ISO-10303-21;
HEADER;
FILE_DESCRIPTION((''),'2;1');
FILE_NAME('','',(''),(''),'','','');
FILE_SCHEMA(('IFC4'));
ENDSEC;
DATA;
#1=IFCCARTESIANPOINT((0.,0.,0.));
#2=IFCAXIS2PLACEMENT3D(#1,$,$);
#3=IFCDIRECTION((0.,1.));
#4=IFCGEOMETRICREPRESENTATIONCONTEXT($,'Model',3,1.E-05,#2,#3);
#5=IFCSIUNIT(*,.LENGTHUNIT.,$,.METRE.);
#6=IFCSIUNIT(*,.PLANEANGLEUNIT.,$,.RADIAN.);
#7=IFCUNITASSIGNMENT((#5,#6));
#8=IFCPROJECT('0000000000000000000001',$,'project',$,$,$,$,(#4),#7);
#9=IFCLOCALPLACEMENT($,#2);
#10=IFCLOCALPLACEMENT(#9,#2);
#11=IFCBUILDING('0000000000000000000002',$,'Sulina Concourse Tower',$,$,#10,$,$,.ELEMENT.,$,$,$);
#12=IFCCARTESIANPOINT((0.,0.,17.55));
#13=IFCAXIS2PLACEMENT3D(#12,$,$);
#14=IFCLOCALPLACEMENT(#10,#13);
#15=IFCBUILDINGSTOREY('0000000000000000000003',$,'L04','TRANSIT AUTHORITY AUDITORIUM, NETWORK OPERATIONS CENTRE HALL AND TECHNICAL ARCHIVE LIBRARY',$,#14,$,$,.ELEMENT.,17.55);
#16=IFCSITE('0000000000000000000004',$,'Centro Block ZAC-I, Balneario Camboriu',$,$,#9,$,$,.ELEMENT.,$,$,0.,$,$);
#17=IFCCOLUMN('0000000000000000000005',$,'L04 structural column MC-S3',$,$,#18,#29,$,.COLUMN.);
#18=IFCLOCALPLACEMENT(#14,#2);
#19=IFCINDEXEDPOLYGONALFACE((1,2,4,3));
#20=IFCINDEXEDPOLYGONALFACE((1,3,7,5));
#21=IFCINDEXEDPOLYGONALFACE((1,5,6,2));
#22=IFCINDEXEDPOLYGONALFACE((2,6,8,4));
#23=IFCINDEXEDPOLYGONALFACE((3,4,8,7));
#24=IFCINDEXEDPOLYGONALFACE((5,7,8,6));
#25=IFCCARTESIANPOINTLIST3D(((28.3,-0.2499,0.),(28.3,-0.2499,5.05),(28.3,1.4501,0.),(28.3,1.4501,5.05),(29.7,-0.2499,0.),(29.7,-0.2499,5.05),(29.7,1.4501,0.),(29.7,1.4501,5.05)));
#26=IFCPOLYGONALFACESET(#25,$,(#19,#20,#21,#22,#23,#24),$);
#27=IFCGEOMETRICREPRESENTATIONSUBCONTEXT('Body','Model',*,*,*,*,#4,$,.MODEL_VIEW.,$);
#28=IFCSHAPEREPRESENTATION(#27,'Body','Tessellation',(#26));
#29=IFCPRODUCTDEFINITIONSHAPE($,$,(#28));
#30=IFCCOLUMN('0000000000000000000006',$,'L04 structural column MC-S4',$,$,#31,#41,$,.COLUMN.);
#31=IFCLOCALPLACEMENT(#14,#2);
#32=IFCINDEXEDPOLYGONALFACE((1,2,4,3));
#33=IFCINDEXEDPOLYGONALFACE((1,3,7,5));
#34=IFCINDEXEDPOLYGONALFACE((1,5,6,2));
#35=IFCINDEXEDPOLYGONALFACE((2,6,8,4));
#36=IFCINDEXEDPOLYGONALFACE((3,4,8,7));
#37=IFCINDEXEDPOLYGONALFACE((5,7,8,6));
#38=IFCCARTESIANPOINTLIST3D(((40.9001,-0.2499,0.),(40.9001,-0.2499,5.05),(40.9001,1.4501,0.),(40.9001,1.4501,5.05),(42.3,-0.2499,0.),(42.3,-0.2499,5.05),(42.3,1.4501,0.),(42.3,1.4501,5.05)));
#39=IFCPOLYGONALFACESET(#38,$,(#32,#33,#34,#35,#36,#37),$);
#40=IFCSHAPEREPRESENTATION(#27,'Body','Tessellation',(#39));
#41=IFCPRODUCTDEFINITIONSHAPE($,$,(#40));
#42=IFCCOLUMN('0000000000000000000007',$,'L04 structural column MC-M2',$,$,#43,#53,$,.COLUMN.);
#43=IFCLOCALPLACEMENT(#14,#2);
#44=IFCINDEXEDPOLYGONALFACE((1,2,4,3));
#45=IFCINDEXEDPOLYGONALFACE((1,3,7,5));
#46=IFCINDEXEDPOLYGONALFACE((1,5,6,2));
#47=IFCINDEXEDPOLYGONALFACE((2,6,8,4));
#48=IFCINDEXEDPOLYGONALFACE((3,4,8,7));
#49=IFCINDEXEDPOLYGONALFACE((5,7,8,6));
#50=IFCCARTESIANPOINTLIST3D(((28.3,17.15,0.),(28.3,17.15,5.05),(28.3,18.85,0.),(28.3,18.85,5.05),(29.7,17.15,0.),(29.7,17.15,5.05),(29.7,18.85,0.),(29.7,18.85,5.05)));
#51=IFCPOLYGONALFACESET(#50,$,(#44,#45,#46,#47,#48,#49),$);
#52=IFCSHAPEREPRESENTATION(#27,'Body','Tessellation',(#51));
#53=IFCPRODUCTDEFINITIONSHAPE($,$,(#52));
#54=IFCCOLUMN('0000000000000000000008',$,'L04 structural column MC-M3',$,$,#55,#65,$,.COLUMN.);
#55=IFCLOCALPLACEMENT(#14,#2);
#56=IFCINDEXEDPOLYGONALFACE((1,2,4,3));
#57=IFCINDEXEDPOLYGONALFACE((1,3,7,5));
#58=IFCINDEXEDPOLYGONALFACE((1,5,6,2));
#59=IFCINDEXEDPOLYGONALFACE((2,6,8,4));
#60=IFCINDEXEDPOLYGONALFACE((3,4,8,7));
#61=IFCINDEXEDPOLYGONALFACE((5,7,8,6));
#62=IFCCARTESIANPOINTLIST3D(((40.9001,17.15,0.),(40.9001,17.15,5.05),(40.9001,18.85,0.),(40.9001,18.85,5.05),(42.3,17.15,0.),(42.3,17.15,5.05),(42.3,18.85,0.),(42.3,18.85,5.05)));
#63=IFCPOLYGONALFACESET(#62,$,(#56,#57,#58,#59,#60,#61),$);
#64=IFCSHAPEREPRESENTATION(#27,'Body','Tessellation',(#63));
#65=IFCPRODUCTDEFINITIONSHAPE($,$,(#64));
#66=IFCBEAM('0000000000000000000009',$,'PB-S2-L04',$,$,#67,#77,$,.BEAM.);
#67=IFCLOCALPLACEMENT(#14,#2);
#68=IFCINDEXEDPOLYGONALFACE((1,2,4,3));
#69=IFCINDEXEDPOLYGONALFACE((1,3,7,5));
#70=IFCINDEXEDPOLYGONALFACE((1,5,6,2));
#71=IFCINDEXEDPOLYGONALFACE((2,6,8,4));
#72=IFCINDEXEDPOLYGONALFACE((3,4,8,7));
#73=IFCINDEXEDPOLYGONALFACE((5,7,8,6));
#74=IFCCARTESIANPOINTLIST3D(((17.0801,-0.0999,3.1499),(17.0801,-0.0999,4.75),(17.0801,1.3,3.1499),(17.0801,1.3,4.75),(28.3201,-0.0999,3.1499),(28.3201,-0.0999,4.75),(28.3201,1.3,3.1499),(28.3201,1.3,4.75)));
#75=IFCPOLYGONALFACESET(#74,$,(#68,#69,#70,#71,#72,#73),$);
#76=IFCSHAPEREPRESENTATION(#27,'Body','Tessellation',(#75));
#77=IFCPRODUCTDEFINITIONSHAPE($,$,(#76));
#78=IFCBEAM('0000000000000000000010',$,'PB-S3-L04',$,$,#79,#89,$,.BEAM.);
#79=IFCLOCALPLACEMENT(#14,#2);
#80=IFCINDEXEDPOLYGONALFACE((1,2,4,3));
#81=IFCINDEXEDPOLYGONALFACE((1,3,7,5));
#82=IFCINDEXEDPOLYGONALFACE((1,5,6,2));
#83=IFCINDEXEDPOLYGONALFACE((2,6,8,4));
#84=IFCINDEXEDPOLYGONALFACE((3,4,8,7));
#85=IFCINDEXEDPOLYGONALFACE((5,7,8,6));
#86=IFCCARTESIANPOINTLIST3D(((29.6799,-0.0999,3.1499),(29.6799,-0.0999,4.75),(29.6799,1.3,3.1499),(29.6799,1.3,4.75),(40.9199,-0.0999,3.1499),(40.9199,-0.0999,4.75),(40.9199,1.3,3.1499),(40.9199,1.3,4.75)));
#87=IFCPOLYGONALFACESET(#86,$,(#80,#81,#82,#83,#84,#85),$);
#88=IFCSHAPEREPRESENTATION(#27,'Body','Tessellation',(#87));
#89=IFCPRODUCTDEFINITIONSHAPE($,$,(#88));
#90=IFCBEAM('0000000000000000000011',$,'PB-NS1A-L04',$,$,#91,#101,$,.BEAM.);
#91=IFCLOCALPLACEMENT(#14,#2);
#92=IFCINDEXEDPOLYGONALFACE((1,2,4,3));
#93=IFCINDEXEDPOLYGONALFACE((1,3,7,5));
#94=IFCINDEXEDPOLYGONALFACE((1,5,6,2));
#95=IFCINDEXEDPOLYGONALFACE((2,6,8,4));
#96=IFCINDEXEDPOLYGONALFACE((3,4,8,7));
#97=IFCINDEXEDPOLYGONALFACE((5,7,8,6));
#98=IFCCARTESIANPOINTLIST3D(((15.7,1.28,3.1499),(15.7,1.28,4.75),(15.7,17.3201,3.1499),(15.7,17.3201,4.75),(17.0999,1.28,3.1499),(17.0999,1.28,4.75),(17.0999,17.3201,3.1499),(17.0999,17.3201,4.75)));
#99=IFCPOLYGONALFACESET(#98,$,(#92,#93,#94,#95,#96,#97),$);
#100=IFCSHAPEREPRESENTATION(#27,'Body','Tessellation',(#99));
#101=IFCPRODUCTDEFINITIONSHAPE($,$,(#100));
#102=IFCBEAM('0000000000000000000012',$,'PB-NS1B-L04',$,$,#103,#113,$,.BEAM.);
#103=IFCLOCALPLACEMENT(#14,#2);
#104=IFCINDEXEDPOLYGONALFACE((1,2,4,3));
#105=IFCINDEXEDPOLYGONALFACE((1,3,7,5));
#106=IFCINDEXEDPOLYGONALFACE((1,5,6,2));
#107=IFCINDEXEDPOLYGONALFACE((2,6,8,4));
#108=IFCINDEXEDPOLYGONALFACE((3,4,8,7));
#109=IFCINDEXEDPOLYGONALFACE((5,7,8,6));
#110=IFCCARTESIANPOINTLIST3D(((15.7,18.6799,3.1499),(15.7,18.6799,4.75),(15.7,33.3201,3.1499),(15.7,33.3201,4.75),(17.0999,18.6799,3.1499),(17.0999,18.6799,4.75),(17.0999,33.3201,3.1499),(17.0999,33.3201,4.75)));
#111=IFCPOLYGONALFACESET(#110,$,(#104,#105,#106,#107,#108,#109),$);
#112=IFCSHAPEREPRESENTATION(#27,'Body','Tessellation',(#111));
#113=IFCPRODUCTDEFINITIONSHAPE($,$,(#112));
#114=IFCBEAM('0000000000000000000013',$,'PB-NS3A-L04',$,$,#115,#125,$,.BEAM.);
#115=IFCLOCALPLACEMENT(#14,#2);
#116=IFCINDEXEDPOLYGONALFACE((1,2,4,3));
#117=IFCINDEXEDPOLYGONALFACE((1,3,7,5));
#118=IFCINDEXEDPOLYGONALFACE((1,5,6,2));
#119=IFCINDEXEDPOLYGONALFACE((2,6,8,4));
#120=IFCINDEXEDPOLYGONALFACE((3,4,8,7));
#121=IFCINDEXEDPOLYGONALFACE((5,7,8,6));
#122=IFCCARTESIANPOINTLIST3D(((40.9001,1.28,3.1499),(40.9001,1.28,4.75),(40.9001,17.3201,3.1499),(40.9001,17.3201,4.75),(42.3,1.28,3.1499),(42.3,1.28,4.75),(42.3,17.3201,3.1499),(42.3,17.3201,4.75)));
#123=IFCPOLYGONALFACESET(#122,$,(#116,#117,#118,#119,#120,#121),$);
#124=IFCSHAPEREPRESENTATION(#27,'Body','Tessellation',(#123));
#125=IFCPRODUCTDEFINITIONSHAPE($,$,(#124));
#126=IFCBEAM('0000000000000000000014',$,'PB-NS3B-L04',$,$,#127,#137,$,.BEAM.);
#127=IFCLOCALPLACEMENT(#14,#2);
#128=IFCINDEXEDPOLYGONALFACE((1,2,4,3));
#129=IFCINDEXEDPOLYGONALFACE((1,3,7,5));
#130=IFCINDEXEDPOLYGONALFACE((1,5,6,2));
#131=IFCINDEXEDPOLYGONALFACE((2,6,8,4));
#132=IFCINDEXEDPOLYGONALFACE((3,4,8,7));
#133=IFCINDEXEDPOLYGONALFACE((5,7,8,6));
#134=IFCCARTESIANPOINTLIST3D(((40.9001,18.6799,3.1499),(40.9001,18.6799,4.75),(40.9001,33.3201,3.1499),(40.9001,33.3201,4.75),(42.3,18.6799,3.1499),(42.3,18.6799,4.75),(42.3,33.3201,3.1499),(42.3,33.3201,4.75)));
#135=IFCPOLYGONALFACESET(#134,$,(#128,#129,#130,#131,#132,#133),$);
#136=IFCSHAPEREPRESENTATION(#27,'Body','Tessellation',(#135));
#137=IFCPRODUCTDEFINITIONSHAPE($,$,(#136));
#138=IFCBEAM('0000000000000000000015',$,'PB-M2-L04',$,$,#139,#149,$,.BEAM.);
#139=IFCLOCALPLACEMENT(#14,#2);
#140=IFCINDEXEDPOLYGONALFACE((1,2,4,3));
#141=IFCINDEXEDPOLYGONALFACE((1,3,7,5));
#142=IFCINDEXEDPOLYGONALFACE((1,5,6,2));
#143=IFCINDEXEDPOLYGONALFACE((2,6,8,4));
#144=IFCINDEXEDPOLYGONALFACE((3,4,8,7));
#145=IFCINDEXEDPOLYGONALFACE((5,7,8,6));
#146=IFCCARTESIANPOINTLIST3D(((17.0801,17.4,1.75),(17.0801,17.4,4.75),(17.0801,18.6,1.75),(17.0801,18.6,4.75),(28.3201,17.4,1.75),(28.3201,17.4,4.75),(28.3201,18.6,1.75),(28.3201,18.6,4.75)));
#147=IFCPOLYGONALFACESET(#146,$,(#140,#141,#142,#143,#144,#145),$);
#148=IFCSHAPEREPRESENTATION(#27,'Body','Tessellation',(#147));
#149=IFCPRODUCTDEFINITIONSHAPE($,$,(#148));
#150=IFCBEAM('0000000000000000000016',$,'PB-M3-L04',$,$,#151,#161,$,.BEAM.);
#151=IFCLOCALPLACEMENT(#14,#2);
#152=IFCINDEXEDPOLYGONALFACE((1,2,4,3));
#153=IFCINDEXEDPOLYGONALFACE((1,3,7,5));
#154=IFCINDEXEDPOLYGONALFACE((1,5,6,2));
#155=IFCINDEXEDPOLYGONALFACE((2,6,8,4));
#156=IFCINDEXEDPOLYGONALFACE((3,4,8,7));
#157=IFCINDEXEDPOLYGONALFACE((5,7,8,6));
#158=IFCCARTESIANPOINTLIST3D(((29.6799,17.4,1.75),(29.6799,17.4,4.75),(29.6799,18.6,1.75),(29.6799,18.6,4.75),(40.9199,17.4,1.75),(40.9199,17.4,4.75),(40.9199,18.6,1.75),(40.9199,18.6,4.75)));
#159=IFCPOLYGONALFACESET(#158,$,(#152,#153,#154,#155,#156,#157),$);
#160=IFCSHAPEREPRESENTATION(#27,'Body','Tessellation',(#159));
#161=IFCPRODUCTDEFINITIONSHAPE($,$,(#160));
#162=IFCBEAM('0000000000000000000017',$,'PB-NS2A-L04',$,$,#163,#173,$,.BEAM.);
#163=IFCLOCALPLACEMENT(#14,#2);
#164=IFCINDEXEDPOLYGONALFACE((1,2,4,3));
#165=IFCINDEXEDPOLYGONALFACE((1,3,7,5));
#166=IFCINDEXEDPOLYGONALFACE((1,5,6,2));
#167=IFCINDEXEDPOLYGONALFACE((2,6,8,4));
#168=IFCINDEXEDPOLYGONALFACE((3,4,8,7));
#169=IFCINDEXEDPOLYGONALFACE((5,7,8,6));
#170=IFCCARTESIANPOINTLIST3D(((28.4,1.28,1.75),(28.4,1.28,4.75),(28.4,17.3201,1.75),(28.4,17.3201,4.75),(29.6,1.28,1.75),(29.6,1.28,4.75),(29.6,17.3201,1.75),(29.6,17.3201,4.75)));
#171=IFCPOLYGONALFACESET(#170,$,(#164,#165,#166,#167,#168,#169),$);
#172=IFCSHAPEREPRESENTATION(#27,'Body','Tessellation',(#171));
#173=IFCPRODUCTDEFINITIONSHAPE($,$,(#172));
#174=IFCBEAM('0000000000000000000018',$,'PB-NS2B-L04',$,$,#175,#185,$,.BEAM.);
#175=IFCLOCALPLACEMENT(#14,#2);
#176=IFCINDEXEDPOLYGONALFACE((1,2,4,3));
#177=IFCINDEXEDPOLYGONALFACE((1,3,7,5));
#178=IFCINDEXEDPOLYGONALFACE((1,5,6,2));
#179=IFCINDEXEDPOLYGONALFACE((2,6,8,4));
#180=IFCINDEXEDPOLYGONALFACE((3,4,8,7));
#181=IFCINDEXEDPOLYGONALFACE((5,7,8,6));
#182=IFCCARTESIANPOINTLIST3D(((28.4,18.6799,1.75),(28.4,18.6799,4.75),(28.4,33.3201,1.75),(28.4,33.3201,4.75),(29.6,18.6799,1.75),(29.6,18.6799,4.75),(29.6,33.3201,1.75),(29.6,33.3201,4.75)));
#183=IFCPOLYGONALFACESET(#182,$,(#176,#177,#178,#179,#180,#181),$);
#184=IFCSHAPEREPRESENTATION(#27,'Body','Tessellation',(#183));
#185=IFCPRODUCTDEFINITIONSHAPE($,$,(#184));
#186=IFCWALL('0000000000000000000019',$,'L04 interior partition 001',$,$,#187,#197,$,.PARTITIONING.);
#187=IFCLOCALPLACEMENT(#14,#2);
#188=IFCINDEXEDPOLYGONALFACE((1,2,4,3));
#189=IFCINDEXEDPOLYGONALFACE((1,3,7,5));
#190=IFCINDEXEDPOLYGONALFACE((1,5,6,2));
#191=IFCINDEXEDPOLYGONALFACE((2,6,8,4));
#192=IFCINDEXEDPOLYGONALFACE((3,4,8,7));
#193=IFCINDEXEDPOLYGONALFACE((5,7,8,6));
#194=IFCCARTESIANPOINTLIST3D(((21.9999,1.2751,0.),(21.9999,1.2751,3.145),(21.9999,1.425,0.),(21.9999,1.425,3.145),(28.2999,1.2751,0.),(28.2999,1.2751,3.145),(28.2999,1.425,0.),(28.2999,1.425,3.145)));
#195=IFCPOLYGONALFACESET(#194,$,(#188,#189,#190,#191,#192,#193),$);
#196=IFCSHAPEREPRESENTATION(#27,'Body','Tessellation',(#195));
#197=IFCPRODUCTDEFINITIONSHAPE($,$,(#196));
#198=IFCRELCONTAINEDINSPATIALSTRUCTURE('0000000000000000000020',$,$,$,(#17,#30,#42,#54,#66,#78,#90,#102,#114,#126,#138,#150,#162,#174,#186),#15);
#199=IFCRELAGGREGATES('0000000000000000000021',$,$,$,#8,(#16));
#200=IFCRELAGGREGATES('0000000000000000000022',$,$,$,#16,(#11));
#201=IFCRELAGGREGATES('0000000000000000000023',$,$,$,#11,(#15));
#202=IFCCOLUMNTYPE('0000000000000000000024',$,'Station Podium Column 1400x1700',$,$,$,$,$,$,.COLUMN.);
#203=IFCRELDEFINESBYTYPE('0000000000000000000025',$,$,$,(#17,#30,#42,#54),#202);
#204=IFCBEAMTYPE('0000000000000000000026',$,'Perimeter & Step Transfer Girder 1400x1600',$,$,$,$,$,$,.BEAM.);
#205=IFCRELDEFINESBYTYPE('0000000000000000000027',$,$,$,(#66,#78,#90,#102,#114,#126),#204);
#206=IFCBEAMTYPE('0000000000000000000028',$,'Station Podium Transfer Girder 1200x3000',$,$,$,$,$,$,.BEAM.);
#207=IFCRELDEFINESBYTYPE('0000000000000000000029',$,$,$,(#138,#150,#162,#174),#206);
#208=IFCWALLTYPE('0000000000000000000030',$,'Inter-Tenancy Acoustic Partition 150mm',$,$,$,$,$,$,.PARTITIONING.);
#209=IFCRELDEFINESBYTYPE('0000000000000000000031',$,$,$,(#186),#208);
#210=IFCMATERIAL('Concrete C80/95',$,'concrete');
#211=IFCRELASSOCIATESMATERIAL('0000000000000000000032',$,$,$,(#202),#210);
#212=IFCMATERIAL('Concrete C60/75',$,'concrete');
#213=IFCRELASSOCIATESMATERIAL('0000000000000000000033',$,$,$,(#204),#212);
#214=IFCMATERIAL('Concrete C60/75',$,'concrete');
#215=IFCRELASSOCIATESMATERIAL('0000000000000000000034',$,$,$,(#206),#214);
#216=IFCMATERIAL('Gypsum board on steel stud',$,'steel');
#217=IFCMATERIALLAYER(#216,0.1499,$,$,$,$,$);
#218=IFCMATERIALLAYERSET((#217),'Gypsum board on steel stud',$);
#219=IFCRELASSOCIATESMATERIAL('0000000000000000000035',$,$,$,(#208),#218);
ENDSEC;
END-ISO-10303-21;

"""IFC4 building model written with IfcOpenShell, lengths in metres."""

from ifc_helpers import new_model, si_unit, direction, frame, frame_2d, origin, origin_2d, place, context, subcontext, project, spatial, rectangle, extrude, material, layer, layer_set, material_profile, profile_set, type_object, element, save


model = new_model("IFC4")

# Units and contexts
model_context = context("Model", 3, precision=1e-05, world=origin(), true_north=direction((0.0, 1.0)))
body_context = subcontext(model_context, "Body", "Model", "MODEL_VIEW")
ifc_project = project(units=[si_unit("LENGTHUNIT", "METRE"), si_unit("PLANEANGLEUNIT", "RADIAN")], contexts=[model_context])

# Site, building, storey
site_placement = place(None, origin())
site = spatial("IfcSite", under=ifc_project, at=site_placement, Name="Centro Block ZAC-I, Balneario Camboriu", CompositionType="ELEMENT", RefElevation=0.0)
building_placement = place(site_placement, origin())
building = spatial("IfcBuilding", under=site, at=building_placement, Name="Sulina Concourse Tower", CompositionType="ELEMENT")
storey_placement = place(building_placement, frame((0.0, 0.0, 17.55)))
storey = spatial("IfcBuildingStorey", under=building, at=storey_placement, Name="L04", Description="TRANSIT AUTHORITY AUDITORIUM, NETWORK OPERATIONS CENTRE HALL AND TECHNICAL ARCHIVE LIBRARY", CompositionType="ELEMENT", Elevation=17.55)

# Columns
ifc_material_1 = material(Name="Concrete C80/95", Category="concrete")
ifc_material_profile_1 = material_profile(ifc_material_1, rectangle(XDim=1.3999, YDim=1.7, at=origin_2d()), Name="RC 1400x1700")
ifc_profile_set_1 = profile_set([ifc_material_profile_1], Name="Concrete C80/95")
column_type = type_object("IfcColumnType", Name="Station Podium Column 1400x1700", PredefinedType="COLUMN", material=ifc_profile_set_1)
for number, where, z_axis, x_axis, name in (
    (1, (29.0, 0.6001, 0.0), (0.0, 0.0, 1.0), (1.0, 0.0, 0.0), "L04 structural column MC-S3"),
    (2, (41.6001, 0.6001, 0.0), (0.0, 0.0, 1.0), (1.0, 0.0, 0.0), "L04 structural column MC-S4"),
    (3, (29.0, 18.0, 0.0), (0.0, 0.0, 1.0), (1.0, 0.0, 0.0), "L04 structural column MC-M2"),
    (4, (41.6001, 18.0, 0.0), (0.0, 0.0, 1.0), (1.0, 0.0, 0.0), "L04 structural column MC-M3"),
):
    element("IfcColumn", number, at=place(storey_placement, frame(where, z_axis=z_axis, x_axis=x_axis)), inside=storey, type_object=column_type, Name=name, PredefinedType="COLUMN", context=body_context, shape_type="SweptSolid", body=[
        extrude(rectangle(XDim=1.3999, YDim=1.7, at=origin_2d()), origin(), (0.0, 0.0, 1.0), 5.05),
    ])

# Beams
ifc_material_2 = material(Name="Concrete C60/75", Category="concrete")
ifc_material_profile_2 = material_profile(ifc_material_2, rectangle(XDim=1.3999, YDim=1.6001, at=origin_2d()), Name="RC 1400x1600")
ifc_profile_set_2 = profile_set([ifc_material_profile_2], Name="Concrete C60/75")
beam_type_1 = type_object("IfcBeamType", Name="Perimeter & Step Transfer Girder 1400x1600", PredefinedType="BEAM", material=ifc_profile_set_2)
for number, where, z_axis, x_axis, name in (
    (5, (17.0801, 0.6001, 3.95), (1.0, 0.0, 0.0), (0.0, 1.0, 0.0), "PB-S2-L04"),
    (6, (29.6799, 0.6001, 3.95), (1.0, 0.0, 0.0), (0.0, 1.0, 0.0), "PB-S3-L04"),
):
    element("IfcBeam", number, at=place(storey_placement, frame(where, z_axis=z_axis, x_axis=x_axis)), inside=storey, type_object=beam_type_1, Name=name, PredefinedType="BEAM", context=body_context, shape_type="SweptSolid", body=[
        extrude(rectangle(XDim=1.3999, YDim=1.6001, at=origin_2d()), origin(), (0.0, 0.0, 1.0), 11.24),
    ])
beam_1_placement = place(storey_placement, frame((16.3999, 1.28, 3.95), z_axis=(0.0, 1.0, 0.0), x_axis=(-1.0, 0.0, 0.0)))
element("IfcBeam", 7, at=beam_1_placement, inside=storey, type_object=beam_type_1, Name="PB-NS1A-L04", PredefinedType="BEAM", context=body_context, shape_type="SweptSolid", body=[
    extrude(rectangle(XDim=1.3999, YDim=1.6001, at=origin_2d()), origin(), (0.0, 0.0, 1.0), 16.04),
])
beam_2_placement = place(storey_placement, frame((16.3999, 18.6799, 3.95), z_axis=(0.0, 1.0, 0.0), x_axis=(-1.0, 0.0, 0.0)))
element("IfcBeam", 8, at=beam_2_placement, inside=storey, type_object=beam_type_1, Name="PB-NS1B-L04", PredefinedType="BEAM", context=body_context, shape_type="SweptSolid", body=[
    extrude(rectangle(XDim=1.3999, YDim=1.6001, at=origin_2d()), origin(), (0.0, 0.0, 1.0), 14.6401),
])
beam_3_placement = place(storey_placement, frame((41.6001, 1.28, 3.95), z_axis=(0.0, 1.0, 0.0), x_axis=(-1.0, 0.0, 0.0)))
element("IfcBeam", 9, at=beam_3_placement, inside=storey, type_object=beam_type_1, Name="PB-NS3A-L04", PredefinedType="BEAM", context=body_context, shape_type="SweptSolid", body=[
    extrude(rectangle(XDim=1.3999, YDim=1.6001, at=origin_2d()), origin(), (0.0, 0.0, 1.0), 16.04),
])
beam_4_placement = place(storey_placement, frame((41.6001, 18.6799, 3.95), z_axis=(0.0, 1.0, 0.0), x_axis=(-1.0, 0.0, 0.0)))
element("IfcBeam", 10, at=beam_4_placement, inside=storey, type_object=beam_type_1, Name="PB-NS3B-L04", PredefinedType="BEAM", context=body_context, shape_type="SweptSolid", body=[
    extrude(rectangle(XDim=1.3999, YDim=1.6001, at=origin_2d()), origin(), (0.0, 0.0, 1.0), 14.6401),
])
ifc_material_3 = material(Name="Concrete C60/75", Category="concrete")
ifc_material_profile_3 = material_profile(ifc_material_3, rectangle(XDim=1.2, YDim=3.0, at=origin_2d()), Name="RC 1200x3000")
ifc_profile_set_3 = profile_set([ifc_material_profile_3], Name="Concrete C60/75")
beam_type_2 = type_object("IfcBeamType", Name="Station Podium Transfer Girder 1200x3000", PredefinedType="BEAM", material=ifc_profile_set_3)
for number, where, z_axis, x_axis, name in (
    (11, (17.0801, 18.0, 3.25), (1.0, 0.0, 0.0), (0.0, 1.0, 0.0), "PB-M2-L04"),
    (12, (29.6799, 18.0, 3.25), (1.0, 0.0, 0.0), (0.0, 1.0, 0.0), "PB-M3-L04"),
):
    element("IfcBeam", number, at=place(storey_placement, frame(where, z_axis=z_axis, x_axis=x_axis)), inside=storey, type_object=beam_type_2, Name=name, PredefinedType="BEAM", context=body_context, shape_type="SweptSolid", body=[
        extrude(rectangle(XDim=1.2, YDim=3.0, at=origin_2d()), origin(), (0.0, 0.0, 1.0), 11.24),
    ])
beam_5_placement = place(storey_placement, frame((29.0, 1.28, 3.25), z_axis=(0.0, 1.0, 0.0), x_axis=(-1.0, 0.0, 0.0)))
element("IfcBeam", 13, at=beam_5_placement, inside=storey, type_object=beam_type_2, Name="PB-NS2A-L04", PredefinedType="BEAM", context=body_context, shape_type="SweptSolid", body=[
    extrude(rectangle(XDim=1.2, YDim=3.0, at=origin_2d()), origin(), (0.0, 0.0, 1.0), 16.04),
])
beam_6_placement = place(storey_placement, frame((29.0, 18.6799, 3.25), z_axis=(0.0, 1.0, 0.0), x_axis=(-1.0, 0.0, 0.0)))
element("IfcBeam", 14, at=beam_6_placement, inside=storey, type_object=beam_type_2, Name="PB-NS2B-L04", PredefinedType="BEAM", context=body_context, shape_type="SweptSolid", body=[
    extrude(rectangle(XDim=1.2, YDim=3.0, at=origin_2d()), origin(), (0.0, 0.0, 1.0), 14.6401),
])

# Wall
ifc_material_4 = material(Name="Gypsum board on steel stud", Category="steel")
ifc_layer_1 = layer(ifc_material_4, 0.1499)
ifc_layer_set_1 = layer_set([ifc_layer_1], Name="Gypsum board on steel stud")
wall_type_1 = type_object("IfcWallType", Name="Inter-Tenancy Acoustic Partition 150mm", PredefinedType="PARTITIONING", material=ifc_layer_set_1)
wall_1_placement = place(storey_placement, frame((22.0, 1.3501, 0.0), z_axis=(0.0, 0.0, 1.0), x_axis=(1.0, 0.0, 0.0)))
element("IfcWall", 15, at=wall_1_placement, inside=storey, type_object=wall_type_1, Name="L04 interior partition 001", PredefinedType="PARTITIONING", context=body_context, shape_type="SweptSolid", body=[
    extrude(rectangle(XDim=6.3, YDim=0.1499, at=frame_2d((3.1499, 0.0))), origin(), (0.0, 0.0, 1.0), 3.145),
])

save(model, "model.ifc")
